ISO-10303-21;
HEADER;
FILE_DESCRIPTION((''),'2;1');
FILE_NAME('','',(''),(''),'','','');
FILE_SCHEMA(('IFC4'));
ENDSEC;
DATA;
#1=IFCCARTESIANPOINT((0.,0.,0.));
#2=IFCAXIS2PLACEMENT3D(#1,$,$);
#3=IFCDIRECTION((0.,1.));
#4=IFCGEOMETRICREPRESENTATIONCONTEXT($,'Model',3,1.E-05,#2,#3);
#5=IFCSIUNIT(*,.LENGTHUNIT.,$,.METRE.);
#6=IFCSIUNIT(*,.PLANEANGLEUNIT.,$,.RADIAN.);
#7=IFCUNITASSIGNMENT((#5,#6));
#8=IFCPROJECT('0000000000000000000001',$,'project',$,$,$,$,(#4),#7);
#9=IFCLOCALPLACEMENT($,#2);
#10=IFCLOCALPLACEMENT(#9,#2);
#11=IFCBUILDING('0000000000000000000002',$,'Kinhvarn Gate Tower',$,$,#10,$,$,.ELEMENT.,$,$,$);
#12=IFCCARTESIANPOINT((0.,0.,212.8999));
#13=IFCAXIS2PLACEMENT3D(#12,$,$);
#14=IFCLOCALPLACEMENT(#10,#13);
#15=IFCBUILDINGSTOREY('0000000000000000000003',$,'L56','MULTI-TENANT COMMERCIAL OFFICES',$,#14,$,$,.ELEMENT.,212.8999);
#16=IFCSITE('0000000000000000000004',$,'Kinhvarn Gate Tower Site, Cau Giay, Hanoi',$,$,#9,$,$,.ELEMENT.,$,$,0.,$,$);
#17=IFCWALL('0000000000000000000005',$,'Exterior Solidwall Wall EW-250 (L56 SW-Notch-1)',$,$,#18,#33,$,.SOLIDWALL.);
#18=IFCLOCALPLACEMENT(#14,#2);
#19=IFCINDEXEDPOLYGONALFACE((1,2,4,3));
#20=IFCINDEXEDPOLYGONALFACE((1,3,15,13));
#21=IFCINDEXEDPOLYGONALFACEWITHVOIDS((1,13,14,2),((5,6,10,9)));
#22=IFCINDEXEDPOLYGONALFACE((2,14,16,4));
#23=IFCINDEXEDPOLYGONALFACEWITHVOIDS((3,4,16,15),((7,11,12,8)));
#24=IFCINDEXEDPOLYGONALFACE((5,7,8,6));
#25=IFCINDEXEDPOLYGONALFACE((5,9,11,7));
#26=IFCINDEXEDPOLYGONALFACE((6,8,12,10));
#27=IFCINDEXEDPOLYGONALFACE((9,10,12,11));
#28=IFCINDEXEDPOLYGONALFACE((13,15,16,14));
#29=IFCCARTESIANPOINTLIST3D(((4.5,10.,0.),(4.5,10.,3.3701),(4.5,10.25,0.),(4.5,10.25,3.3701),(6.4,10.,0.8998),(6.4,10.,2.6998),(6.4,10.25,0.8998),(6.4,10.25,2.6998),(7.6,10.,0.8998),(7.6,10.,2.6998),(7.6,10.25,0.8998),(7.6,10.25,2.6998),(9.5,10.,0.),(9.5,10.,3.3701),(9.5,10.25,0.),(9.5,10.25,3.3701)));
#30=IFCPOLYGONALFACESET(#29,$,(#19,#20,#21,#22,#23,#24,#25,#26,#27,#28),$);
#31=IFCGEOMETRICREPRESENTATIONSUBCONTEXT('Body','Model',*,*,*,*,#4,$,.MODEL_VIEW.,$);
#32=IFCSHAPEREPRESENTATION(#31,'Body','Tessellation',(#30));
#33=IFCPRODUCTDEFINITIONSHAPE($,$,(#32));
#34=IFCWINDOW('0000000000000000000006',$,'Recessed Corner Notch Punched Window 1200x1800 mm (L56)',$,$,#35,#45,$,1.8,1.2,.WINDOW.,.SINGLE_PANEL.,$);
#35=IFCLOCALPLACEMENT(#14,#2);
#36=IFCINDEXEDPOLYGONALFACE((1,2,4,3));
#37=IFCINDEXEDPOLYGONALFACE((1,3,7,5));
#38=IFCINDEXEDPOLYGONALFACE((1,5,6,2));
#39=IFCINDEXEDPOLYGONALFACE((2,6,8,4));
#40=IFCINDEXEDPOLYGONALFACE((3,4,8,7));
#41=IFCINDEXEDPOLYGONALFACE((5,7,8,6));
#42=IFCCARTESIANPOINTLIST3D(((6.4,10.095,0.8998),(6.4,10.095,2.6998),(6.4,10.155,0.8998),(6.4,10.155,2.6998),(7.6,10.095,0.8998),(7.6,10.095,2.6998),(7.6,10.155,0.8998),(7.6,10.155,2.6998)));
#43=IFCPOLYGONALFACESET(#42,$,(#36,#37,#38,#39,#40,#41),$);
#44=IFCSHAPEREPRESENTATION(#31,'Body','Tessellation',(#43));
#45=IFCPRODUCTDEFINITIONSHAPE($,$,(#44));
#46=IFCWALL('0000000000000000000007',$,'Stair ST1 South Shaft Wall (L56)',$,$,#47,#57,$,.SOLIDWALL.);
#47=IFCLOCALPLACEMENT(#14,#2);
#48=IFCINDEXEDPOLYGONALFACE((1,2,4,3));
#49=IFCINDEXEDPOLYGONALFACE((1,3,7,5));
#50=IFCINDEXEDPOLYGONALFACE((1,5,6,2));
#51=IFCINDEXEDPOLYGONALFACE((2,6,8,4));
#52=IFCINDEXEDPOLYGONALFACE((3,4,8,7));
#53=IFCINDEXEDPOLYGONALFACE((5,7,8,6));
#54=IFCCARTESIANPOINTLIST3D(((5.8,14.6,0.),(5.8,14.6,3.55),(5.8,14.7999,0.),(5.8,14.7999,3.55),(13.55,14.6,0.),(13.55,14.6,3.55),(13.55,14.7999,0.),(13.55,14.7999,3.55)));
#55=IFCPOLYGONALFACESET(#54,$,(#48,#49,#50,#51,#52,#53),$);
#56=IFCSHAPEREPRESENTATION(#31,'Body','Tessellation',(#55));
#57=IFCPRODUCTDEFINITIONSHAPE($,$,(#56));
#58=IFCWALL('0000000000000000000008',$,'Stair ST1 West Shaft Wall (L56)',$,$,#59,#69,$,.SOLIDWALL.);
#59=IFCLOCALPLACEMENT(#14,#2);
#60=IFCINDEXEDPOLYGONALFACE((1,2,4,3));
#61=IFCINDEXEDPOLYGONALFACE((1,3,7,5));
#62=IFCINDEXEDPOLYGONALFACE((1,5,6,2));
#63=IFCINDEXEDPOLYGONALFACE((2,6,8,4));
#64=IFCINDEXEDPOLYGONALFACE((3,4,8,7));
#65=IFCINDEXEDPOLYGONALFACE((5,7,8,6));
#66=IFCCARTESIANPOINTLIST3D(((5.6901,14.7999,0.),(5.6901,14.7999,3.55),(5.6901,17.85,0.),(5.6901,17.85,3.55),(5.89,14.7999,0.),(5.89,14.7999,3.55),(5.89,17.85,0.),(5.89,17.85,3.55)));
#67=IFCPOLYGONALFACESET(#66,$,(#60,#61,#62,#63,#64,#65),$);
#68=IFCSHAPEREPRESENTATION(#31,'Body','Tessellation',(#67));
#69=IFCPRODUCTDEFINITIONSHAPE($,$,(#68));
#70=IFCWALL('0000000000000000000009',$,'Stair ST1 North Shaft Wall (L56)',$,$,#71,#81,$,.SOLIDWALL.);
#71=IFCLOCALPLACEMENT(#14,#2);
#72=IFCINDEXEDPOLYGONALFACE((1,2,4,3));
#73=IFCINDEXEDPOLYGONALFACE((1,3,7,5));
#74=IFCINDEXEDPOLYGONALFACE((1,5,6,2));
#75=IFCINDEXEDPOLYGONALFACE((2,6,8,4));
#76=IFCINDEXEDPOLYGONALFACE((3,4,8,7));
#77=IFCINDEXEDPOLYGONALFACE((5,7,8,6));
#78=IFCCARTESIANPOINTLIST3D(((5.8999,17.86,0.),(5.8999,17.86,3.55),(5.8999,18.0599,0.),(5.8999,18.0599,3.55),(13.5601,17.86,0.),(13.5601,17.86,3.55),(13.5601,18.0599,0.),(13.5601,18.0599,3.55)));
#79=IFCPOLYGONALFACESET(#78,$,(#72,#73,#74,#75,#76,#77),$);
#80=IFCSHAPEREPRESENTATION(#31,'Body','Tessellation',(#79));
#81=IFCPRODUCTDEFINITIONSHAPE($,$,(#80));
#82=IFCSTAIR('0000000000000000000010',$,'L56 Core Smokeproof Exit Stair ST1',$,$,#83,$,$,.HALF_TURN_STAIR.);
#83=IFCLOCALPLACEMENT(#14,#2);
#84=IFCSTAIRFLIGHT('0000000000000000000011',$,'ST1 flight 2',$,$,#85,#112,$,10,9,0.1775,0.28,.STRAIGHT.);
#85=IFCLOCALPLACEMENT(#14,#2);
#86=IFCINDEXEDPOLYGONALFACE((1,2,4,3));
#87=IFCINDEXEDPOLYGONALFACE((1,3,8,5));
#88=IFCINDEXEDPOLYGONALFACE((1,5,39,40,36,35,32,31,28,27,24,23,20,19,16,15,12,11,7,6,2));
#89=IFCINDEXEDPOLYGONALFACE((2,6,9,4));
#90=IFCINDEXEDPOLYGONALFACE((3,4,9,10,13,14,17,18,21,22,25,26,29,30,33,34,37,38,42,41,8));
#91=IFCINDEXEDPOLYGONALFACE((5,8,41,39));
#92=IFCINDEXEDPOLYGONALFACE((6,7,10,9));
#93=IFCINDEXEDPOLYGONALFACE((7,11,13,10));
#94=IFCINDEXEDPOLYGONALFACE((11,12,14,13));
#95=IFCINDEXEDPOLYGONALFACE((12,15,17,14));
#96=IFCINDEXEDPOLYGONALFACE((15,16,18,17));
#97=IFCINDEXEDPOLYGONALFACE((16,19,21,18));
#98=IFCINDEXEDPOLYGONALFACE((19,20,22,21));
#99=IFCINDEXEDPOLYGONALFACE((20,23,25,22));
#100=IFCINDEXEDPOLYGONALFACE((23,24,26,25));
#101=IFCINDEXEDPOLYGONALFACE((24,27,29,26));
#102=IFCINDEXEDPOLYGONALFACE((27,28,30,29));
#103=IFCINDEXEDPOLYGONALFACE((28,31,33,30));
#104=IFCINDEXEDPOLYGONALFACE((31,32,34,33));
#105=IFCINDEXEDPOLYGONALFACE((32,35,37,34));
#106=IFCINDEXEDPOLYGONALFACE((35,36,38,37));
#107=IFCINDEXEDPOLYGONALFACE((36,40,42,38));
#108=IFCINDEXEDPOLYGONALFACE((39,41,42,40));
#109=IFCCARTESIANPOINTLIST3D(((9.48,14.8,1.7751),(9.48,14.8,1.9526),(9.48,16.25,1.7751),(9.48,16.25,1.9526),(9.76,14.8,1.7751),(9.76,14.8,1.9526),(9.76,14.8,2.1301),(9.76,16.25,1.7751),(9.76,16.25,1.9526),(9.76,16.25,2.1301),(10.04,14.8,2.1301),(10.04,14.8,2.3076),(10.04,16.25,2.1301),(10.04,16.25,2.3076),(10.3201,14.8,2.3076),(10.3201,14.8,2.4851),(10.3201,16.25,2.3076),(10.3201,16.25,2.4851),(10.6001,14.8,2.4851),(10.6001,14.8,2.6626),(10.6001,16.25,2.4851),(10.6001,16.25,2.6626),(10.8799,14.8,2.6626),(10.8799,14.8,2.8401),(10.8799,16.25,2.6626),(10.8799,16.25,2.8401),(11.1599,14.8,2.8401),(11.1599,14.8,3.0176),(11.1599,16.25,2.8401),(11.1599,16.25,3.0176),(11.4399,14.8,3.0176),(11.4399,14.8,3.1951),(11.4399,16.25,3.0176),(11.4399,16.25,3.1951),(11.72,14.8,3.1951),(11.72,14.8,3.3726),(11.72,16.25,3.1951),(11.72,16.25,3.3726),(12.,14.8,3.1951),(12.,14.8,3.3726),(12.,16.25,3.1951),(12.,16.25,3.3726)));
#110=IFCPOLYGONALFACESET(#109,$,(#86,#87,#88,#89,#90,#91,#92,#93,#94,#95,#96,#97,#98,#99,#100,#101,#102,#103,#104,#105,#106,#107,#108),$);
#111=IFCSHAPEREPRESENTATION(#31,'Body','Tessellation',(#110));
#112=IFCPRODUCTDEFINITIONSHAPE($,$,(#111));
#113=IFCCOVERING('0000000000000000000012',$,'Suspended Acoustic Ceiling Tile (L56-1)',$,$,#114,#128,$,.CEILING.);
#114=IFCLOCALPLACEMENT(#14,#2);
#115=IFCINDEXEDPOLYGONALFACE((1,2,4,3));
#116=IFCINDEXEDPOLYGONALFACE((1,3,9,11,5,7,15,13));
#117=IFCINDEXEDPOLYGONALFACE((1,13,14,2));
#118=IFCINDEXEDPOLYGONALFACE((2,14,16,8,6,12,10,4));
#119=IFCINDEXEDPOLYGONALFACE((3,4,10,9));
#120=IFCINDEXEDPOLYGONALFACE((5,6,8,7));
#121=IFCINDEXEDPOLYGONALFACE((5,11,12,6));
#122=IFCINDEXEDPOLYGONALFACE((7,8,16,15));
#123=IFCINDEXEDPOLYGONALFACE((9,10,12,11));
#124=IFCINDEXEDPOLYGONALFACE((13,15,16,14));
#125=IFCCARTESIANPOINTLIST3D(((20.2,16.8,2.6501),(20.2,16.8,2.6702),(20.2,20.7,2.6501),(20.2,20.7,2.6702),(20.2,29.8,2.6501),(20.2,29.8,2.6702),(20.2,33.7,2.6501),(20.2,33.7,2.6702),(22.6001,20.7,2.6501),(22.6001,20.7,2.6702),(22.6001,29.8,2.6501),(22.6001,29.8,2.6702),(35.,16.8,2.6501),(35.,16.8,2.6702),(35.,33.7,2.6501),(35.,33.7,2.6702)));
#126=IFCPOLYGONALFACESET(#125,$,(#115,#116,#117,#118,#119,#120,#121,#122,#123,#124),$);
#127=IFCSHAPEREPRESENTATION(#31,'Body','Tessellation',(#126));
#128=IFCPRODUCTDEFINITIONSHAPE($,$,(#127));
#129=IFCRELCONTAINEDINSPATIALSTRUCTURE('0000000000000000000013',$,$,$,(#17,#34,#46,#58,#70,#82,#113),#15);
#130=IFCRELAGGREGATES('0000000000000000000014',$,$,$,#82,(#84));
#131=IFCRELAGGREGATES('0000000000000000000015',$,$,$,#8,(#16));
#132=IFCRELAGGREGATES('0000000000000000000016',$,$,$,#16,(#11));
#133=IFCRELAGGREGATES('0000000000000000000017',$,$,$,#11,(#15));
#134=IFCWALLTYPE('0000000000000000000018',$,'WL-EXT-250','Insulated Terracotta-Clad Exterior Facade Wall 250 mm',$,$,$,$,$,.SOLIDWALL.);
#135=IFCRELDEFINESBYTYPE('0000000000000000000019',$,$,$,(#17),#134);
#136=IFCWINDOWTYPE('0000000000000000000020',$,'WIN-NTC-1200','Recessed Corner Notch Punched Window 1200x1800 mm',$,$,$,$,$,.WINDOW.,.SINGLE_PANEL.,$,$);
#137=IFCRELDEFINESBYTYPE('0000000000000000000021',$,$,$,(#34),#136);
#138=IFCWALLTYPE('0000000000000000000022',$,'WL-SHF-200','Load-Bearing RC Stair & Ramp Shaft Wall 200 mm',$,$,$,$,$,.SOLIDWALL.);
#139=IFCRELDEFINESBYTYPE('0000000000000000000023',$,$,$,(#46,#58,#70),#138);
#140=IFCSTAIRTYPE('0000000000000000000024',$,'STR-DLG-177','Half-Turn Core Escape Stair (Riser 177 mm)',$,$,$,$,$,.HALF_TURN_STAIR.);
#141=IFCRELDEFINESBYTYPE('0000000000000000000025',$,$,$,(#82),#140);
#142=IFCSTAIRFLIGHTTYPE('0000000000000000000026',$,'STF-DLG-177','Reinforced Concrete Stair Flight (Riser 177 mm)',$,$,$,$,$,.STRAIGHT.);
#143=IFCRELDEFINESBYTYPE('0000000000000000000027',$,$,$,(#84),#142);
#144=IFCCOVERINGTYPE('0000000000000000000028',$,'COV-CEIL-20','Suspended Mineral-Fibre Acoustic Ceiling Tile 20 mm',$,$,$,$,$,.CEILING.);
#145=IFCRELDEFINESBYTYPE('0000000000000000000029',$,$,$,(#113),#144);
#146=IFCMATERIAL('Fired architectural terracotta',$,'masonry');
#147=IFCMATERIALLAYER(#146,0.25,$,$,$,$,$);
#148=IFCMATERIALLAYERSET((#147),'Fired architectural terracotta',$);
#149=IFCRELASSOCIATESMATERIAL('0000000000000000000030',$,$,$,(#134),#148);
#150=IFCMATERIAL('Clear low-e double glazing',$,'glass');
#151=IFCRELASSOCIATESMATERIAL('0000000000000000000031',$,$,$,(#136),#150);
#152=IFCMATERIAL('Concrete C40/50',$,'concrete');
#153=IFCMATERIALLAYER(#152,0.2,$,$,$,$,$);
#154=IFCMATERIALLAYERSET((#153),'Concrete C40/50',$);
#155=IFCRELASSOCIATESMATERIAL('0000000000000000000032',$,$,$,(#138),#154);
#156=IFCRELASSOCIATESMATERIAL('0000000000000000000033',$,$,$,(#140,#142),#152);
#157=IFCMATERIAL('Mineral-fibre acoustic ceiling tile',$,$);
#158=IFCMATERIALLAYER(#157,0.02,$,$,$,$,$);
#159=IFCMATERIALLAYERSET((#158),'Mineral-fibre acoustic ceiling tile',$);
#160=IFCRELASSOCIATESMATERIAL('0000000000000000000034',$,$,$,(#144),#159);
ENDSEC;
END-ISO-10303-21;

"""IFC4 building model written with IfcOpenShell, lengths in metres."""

from ifc_helpers import new_model, si_unit, direction, frame, frame_2d, origin, place, context, subcontext, project, spatial, polyline, rectangle, outline, extrude, material, layer, layer_set, type_object, element, fill, aggregate, save


model = new_model("IFC4")

# Units and contexts
model_context = context("Model", 3, precision=1e-05, world=origin(), true_north=direction((0.0, 1.0)))
body_context = subcontext(model_context, "Body", "Model", "MODEL_VIEW")
ifc_project = project(units=[si_unit("LENGTHUNIT", "METRE"), si_unit("PLANEANGLEUNIT", "RADIAN")], contexts=[model_context])

# Site, building, storey
site_placement = place(None, origin())
site = spatial("IfcSite", under=ifc_project, at=site_placement, Name="Kinhvarn Gate Tower Site, Cau Giay, Hanoi", CompositionType="ELEMENT", RefElevation=0.0)
building_placement = place(site_placement, origin())
building = spatial("IfcBuilding", under=site, at=building_placement, Name="Kinhvarn Gate Tower", CompositionType="ELEMENT")
storey_placement = place(building_placement, frame((0.0, 0.0, 212.8999)))
storey = spatial("IfcBuildingStorey", under=building, at=storey_placement, Name="L56", Description="MULTI-TENANT COMMERCIAL OFFICES", CompositionType="ELEMENT", Elevation=212.8999)

# Wall, opening, window
ifc_material_1 = material(Name="Fired architectural terracotta", Category="masonry")
ifc_layer_1 = layer(ifc_material_1, 0.25)
ifc_layer_set_1 = layer_set([ifc_layer_1], Name="Fired architectural terracotta")
wall_type_1 = type_object("IfcWallType", Name="WL-EXT-250", Description="Insulated Terracotta-Clad Exterior Facade Wall 250 mm", PredefinedType="SOLIDWALL", material=ifc_layer_set_1)
ifc_material_2 = material(Name="Clear low-e double glazing", Category="glass")
wall_1_placement = place(storey_placement, frame((4.5, 10.125, 0.0), z_axis=(0.0, 0.0, 1.0), x_axis=(1.0, 0.0, 0.0)))
wall_1 = element("IfcWall", 1, at=wall_1_placement, inside=storey, type_object=wall_type_1, Name="Exterior Solidwall Wall EW-250 (L56 SW-Notch-1)", PredefinedType="SOLIDWALL", context=body_context, shape_type="SweptSolid", body=[
    extrude(rectangle(XDim=5.0, YDim=0.25, at=frame_2d((2.5, 0.0))), origin(), (0.0, 0.0, 1.0), 3.3701),
])
opening_1_placement = place(wall_1_placement, frame((1.8999, 0.0, 0.8999)))
opening_1 = element("IfcOpeningElement", 2, at=opening_1_placement, cuts=wall_1, PredefinedType="OPENING", context=body_context, shape_type="SweptSolid", body=[
    extrude(rectangle(XDim=1.2, YDim=1.8, at=frame_2d((0.6001, 0.8999))), frame((0.0, 0.135, 0.0), z_axis=(0.0, -1.0, 0.0), x_axis=(1.0, 0.0, 0.0)), (0.0, 0.0, 1.0), 0.27),
])
window_type_1 = type_object("IfcWindowType", Name="WIN-NTC-1200", Description="Recessed Corner Notch Punched Window 1200x1800 mm", PartitioningType="SINGLE_PANEL", PredefinedType="WINDOW", material=ifc_material_2)
window_1_placement = place(opening_1_placement, origin())
window_1 = element("IfcWindow", 3, at=window_1_placement, inside=storey, type_object=window_type_1, Name="Recessed Corner Notch Punched Window 1200x1800 mm (L56)", OverallHeight=1.8, OverallWidth=1.2, PartitioningType="SINGLE_PANEL", PredefinedType="WINDOW", context=body_context, shape_type="SweptSolid", body=[
    extrude(rectangle(XDim=1.2, YDim=1.8, at=frame_2d((0.6001, 0.8999))), frame((0.0, 0.03, 0.0), z_axis=(0.0, -1.0, 0.0), x_axis=(1.0, 0.0, 0.0)), (0.0, 0.0, 1.0), 0.0601),
])
fill(opening_1, window_1)

# Walls
ifc_material_3 = material(Name="Concrete C40/50", Category="concrete")
ifc_layer_2 = layer(ifc_material_3, 0.2)
ifc_layer_set_2 = layer_set([ifc_layer_2], Name="Concrete C40/50")
wall_type_2 = type_object("IfcWallType", Name="WL-SHF-200", Description="Load-Bearing RC Stair & Ramp Shaft Wall 200 mm", PredefinedType="SOLIDWALL", material=ifc_layer_set_2)
wall_2_placement = place(storey_placement, frame((5.8, 14.7, 0.0), z_axis=(0.0, 0.0, 1.0), x_axis=(1.0, 0.0, 0.0)))
element("IfcWall", 4, at=wall_2_placement, inside=storey, type_object=wall_type_2, Name="Stair ST1 South Shaft Wall (L56)", PredefinedType="SOLIDWALL", context=body_context, shape_type="SweptSolid", body=[
    extrude(rectangle(XDim=7.75, YDim=0.2, at=frame_2d((3.875, 0.0))), origin(), (0.0, 0.0, 1.0), 3.55),
])
wall_3_placement = place(storey_placement, frame((5.79, 14.8, 0.0), z_axis=(0.0, 0.0, 1.0), x_axis=(0.0, 1.0, 0.0)))
element("IfcWall", 5, at=wall_3_placement, inside=storey, type_object=wall_type_2, Name="Stair ST1 West Shaft Wall (L56)", PredefinedType="SOLIDWALL", context=body_context, shape_type="SweptSolid", body=[
    extrude(rectangle(XDim=3.05, YDim=0.2, at=frame_2d((1.5249, 0.0))), origin(), (0.0, 0.0, 1.0), 3.55),
])
wall_4_placement = place(storey_placement, frame((5.8999, 17.96, 0.0), z_axis=(0.0, 0.0, 1.0), x_axis=(1.0, 0.0, 0.0)))
element("IfcWall", 6, at=wall_4_placement, inside=storey, type_object=wall_type_2, Name="Stair ST1 North Shaft Wall (L56)", PredefinedType="SOLIDWALL", context=body_context, shape_type="SweptSolid", body=[
    extrude(rectangle(XDim=7.6602, YDim=0.2, at=frame_2d((3.8301, 0.0))), origin(), (0.0, 0.0, 1.0), 3.55),
])

# Stair, stair flight
stair_type = type_object("IfcStairType", Name="STR-DLG-177", Description="Half-Turn Core Escape Stair (Riser 177 mm)", PredefinedType="HALF_TURN_STAIR", material=ifc_material_3)
stair_placement = place(storey_placement, origin())
stair = element("IfcStair", 7, at=stair_placement, inside=storey, type_object=stair_type, Name="L56 Core Smokeproof Exit Stair ST1", PredefinedType="HALF_TURN_STAIR")
stair_flight_type = type_object("IfcStairFlightType", Name="STF-DLG-177", Description="Reinforced Concrete Stair Flight (Riser 177 mm)", PredefinedType="STRAIGHT", material=ifc_material_3)
stair_flight_placement = place(storey_placement, frame((9.48, 15.5249, 1.7751), z_axis=(0.0, 0.0, 1.0), x_axis=(1.0, 0.0, 0.0)))
stair_flight = element("IfcStairFlight", 8, at=stair_flight_placement, type_object=stair_flight_type, Name="ST1 flight 2", NumberOfRisers=10, NumberOfTreads=9, PredefinedType="STRAIGHT", RiserHeight=0.1775, TreadLength=0.28, context=body_context, shape_type="SweptSolid", body=[
    extrude(outline(polyline([(0.0, 0.0), (0.0, 0.1775), (0.28, 0.1775), (0.28, 0.355), (0.5601, 0.355), (0.5601, 0.5325), (0.8401, 0.5325), (0.8401, 0.71), (1.1201, 0.71), (1.1201, 0.8875), (1.3999, 0.8875), (1.3999, 1.0649), (1.6799, 1.0649), (1.6799, 1.2424), (1.96, 1.2424), (1.96, 1.4199), (2.24, 1.4199), (2.24, 1.5974), (2.52, 1.5974), (2.52, 1.7749), (2.52, 1.4199), (0.28, 0.0), (0.0, 0.0)])), frame((0.0, 0.7251, 0.0), z_axis=(0.0, -1.0, 0.0), x_axis=(1.0, 0.0, 0.0)), (0.0, 0.0, 1.0), 1.45),
])
aggregate(stair, [stair_flight])

# Covering
ifc_material_4 = material(Name="Mineral-fibre acoustic ceiling tile")
ifc_layer_3 = layer(ifc_material_4, 0.02)
ifc_layer_set_3 = layer_set([ifc_layer_3], Name="Mineral-fibre acoustic ceiling tile")
covering_type = type_object("IfcCoveringType", Name="COV-CEIL-20", Description="Suspended Mineral-Fibre Acoustic Ceiling Tile 20 mm", PredefinedType="CEILING", material=ifc_layer_set_3)
covering_placement = place(storey_placement, frame((0.0, 0.0, 2.6501)))
element("IfcCovering", 9, at=covering_placement, inside=storey, type_object=covering_type, Name="Suspended Acoustic Ceiling Tile (L56-1)", PredefinedType="CEILING", context=body_context, shape_type="SweptSolid", body=[
    extrude(outline(polyline([(35.0, 33.7), (35.0, 16.8), (20.2, 16.8), (20.2, 20.7), (22.6001, 20.7), (22.6001, 29.8), (20.2, 29.8), (20.2, 33.7), (35.0, 33.7)])), origin(), (0.0, 0.0, 1.0), 0.02),
])

save(model, "model.ifc")
